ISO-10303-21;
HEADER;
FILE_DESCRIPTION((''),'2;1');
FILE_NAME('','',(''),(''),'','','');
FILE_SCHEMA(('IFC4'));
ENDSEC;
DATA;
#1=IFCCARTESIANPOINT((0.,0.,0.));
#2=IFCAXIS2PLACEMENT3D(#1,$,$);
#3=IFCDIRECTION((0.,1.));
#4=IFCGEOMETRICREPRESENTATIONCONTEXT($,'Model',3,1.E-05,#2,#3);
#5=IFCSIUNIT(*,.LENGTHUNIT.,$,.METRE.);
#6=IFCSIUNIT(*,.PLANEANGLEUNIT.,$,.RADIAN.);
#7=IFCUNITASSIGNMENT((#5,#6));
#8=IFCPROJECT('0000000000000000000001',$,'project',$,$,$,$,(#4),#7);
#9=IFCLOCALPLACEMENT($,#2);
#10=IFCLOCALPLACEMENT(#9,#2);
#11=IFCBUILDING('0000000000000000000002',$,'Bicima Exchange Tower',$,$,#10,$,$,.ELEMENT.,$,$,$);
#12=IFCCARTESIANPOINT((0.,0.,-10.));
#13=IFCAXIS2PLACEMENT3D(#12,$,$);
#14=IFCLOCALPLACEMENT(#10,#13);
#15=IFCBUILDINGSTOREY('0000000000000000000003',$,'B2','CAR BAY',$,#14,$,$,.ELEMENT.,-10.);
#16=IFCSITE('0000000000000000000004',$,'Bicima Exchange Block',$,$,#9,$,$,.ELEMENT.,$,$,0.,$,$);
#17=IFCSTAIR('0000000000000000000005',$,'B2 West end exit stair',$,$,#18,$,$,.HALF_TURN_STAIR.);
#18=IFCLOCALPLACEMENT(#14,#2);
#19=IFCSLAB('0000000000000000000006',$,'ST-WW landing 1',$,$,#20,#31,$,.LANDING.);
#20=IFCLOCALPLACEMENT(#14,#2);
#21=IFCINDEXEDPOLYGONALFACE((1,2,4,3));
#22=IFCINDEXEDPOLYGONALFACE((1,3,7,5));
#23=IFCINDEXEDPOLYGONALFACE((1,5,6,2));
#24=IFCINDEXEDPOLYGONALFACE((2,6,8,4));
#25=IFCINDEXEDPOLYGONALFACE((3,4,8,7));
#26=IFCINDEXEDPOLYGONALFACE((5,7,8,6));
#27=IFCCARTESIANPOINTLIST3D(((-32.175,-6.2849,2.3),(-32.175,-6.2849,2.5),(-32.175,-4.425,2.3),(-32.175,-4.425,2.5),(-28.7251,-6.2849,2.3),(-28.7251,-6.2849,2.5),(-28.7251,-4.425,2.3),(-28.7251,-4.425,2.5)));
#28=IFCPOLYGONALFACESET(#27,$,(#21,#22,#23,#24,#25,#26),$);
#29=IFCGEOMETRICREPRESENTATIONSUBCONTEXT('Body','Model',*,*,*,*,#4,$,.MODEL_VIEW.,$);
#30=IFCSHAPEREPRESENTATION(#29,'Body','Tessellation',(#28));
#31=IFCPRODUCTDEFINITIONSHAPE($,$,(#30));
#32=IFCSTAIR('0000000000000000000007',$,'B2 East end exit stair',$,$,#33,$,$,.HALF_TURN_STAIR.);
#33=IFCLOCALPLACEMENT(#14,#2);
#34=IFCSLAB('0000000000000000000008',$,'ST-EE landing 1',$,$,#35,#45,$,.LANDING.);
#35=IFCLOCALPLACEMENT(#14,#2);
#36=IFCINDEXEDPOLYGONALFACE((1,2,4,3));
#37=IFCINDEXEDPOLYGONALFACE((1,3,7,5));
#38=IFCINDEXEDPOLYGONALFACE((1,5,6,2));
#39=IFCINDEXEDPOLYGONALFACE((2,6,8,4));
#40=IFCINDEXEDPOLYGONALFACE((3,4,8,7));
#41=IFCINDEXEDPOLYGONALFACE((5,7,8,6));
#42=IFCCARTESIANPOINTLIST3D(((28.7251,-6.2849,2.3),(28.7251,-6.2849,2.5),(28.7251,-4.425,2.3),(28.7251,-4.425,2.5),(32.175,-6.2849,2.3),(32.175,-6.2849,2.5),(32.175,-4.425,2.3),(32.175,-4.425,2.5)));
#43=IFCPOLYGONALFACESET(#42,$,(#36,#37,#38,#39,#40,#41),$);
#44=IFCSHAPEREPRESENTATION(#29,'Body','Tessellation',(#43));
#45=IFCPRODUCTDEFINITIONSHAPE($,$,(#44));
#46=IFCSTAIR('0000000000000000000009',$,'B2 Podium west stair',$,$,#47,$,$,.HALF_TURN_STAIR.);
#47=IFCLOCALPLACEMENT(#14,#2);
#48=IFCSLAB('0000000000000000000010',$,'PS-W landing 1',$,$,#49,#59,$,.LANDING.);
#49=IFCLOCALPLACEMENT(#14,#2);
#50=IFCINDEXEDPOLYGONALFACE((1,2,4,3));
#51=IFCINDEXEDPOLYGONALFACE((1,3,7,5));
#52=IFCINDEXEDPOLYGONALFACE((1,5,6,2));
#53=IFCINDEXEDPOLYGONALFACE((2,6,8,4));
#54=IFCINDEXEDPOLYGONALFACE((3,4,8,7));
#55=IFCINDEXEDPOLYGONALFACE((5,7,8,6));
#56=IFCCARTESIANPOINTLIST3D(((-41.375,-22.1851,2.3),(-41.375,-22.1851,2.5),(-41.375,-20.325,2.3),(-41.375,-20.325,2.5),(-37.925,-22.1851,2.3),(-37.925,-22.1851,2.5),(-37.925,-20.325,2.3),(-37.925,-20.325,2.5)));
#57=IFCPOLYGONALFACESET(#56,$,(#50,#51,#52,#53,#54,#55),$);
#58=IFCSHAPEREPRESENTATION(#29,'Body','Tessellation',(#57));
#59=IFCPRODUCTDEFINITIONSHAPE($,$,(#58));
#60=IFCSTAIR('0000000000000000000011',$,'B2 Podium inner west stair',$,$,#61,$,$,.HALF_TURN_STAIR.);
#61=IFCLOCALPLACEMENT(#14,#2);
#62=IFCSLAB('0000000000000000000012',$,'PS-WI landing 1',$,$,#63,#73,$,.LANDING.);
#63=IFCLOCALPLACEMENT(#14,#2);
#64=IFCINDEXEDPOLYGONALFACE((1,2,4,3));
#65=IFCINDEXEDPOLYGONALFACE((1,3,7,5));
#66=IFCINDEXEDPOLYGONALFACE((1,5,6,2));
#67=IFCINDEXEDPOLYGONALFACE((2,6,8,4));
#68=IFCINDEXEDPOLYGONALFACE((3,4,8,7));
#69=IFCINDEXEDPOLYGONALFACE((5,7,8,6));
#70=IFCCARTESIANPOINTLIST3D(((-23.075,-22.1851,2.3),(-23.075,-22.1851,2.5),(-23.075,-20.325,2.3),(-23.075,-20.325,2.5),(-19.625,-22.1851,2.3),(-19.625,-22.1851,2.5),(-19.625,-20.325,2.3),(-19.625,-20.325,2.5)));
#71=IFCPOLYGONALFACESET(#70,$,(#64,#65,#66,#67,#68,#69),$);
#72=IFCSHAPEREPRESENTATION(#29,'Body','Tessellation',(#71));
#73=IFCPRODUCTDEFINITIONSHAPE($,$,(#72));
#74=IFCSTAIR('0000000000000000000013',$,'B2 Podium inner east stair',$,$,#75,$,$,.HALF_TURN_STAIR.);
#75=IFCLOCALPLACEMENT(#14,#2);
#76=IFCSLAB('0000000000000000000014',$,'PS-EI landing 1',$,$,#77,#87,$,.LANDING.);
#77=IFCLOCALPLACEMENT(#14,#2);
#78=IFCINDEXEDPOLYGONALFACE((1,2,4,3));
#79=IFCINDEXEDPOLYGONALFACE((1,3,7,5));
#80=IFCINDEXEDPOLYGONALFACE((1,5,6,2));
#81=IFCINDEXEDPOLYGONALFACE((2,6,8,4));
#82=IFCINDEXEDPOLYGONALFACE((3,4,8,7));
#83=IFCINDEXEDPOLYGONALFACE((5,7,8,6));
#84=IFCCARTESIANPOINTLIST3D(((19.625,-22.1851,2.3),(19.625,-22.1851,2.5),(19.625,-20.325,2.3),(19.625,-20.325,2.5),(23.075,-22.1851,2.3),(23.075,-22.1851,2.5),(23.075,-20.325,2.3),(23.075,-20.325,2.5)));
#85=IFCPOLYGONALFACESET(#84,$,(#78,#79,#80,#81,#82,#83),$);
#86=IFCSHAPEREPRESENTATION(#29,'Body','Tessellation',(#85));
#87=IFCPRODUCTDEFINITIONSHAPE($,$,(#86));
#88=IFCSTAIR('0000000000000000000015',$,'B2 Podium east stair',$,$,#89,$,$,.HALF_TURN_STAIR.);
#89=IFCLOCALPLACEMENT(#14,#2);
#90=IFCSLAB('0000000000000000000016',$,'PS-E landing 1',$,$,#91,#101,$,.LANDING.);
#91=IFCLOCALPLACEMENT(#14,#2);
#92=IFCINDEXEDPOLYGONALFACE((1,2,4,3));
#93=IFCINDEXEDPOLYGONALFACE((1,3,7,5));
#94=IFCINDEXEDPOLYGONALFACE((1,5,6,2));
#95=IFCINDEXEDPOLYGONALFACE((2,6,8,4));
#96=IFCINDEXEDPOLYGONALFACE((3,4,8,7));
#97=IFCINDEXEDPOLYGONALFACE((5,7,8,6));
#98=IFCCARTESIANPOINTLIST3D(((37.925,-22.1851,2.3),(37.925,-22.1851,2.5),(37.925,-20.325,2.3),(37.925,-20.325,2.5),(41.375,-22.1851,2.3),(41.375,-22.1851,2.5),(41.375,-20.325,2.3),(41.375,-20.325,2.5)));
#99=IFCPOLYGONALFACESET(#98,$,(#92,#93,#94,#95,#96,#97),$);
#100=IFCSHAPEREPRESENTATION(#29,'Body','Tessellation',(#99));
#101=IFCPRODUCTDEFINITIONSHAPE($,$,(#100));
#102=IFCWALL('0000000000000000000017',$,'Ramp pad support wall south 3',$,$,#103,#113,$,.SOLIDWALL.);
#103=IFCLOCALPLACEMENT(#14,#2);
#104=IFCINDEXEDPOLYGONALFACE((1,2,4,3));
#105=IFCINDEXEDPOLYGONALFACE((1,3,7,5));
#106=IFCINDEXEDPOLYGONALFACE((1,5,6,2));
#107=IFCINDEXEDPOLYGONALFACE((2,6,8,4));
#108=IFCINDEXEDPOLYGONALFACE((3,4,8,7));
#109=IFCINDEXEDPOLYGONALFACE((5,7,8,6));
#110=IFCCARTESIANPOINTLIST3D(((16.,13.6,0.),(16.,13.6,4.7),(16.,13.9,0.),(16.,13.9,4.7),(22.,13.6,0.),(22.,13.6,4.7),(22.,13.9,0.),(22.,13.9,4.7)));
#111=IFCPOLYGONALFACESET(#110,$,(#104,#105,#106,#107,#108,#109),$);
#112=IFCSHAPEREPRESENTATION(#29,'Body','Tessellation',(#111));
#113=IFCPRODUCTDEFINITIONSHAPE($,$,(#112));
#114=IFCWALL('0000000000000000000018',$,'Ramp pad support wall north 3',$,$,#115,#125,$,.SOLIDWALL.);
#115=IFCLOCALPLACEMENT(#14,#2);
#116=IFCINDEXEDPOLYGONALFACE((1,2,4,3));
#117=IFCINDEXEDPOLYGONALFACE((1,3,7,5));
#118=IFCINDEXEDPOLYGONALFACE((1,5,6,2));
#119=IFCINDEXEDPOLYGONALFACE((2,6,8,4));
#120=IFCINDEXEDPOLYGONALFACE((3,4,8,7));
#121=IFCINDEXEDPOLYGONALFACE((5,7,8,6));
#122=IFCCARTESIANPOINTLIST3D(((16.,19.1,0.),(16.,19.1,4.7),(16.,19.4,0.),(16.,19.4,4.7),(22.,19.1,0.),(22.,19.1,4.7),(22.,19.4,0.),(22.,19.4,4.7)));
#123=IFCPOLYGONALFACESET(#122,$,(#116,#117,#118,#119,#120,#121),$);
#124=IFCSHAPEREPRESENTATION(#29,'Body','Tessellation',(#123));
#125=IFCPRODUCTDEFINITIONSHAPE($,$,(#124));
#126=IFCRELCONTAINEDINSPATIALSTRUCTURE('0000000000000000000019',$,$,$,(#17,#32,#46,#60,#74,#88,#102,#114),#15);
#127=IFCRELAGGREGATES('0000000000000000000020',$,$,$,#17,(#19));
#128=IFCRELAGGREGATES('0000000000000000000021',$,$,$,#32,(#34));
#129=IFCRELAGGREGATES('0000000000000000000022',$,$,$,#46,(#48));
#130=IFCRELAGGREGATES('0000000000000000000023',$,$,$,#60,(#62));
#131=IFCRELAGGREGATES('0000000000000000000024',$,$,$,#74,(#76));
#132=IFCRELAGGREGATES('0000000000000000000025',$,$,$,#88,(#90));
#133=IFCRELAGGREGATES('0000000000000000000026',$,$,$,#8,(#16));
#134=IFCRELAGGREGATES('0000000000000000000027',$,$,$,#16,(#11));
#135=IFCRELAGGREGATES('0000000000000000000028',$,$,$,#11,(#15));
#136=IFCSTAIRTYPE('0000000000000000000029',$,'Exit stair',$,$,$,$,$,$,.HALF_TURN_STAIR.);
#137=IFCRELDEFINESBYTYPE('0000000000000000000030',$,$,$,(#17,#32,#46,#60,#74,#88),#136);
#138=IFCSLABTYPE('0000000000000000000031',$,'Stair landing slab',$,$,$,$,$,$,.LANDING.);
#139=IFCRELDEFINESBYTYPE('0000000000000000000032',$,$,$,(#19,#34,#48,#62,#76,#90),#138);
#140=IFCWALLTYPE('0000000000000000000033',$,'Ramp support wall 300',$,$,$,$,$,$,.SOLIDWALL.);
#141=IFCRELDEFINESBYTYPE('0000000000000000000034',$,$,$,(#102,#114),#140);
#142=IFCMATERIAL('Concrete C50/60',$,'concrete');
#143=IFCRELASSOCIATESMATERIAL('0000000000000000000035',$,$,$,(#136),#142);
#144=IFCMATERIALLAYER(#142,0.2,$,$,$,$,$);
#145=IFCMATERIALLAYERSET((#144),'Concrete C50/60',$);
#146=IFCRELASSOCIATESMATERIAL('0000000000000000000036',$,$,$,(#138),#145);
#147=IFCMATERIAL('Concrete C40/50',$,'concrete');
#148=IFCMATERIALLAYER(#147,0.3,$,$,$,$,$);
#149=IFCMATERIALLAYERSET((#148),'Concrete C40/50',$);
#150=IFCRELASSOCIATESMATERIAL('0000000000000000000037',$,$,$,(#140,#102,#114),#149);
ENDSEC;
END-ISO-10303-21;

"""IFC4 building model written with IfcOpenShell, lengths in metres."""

from ifc_helpers import new_model, si_unit, direction, frame, frame_2d, origin, place, context, subcontext, project, spatial, polyline, rectangle, outline, extrude, material, layer, layer_set, layer_usage, type_object, element, aggregate, save


model = new_model("IFC4")

# Units and contexts
model_context = context("Model", 3, precision=1e-05, world=origin(), true_north=direction((0.0, 1.0)))
body_context = subcontext(model_context, "Body", "Model", "MODEL_VIEW")
ifc_project = project(units=[si_unit("LENGTHUNIT", "METRE"), si_unit("PLANEANGLEUNIT", "RADIAN")], contexts=[model_context])

# Site, building, storey
site_placement = place(None, origin())
site = spatial("IfcSite", under=ifc_project, at=site_placement, Name="Bicima Exchange Block", CompositionType="ELEMENT", RefElevation=0.0)
building_placement = place(site_placement, origin())
building = spatial("IfcBuilding", under=site, at=building_placement, Name="Bicima Exchange Tower", CompositionType="ELEMENT")
storey_placement = place(building_placement, frame((0.0, 0.0, -10.0)))
storey = spatial("IfcBuildingStorey", under=building, at=storey_placement, Name="B2", Description="CAR BAY", CompositionType="ELEMENT", Elevation=-10.0)

# Shared definitions
ifc_material_1 = material(Name="Concrete C40/50", Category="concrete")

# Stairs, slabs
ifc_material_2 = material(Name="Concrete C50/60", Category="concrete")
stair_type_1 = type_object("IfcStairType", Name="Exit stair", PredefinedType="HALF_TURN_STAIR", material=ifc_material_2)
ifc_layer_1 = layer(ifc_material_2, 0.2)
ifc_layer_set_1 = layer_set([ifc_layer_1], Name="Concrete C50/60")
slab_type_1 = type_object("IfcSlabType", Name="Stair landing slab", PredefinedType="LANDING", material=ifc_layer_set_1)
stair_1_placement = place(storey_placement, origin())
stair_1 = element("IfcStair", 1, at=stair_1_placement, inside=storey, type_object=stair_type_1, Name="B2 West end exit stair", PredefinedType="HALF_TURN_STAIR")
slab_1_placement = place(storey_placement, frame((0.0, 0.0, 2.3)))
slab_1 = element("IfcSlab", 2, at=slab_1_placement, type_object=slab_type_1, Name="ST-WW landing 1", PredefinedType="LANDING", context=body_context, shape_type="SweptSolid", body=[
    extrude(outline(polyline([(-28.7251, -6.2849), (-28.7251, -4.425), (-32.175, -4.425), (-32.175, -6.2849), (-28.7251, -6.2849)])), origin(), (0.0, 0.0, 1.0), 0.2),
])
aggregate(stair_1, [slab_1])
stair_2_placement = place(storey_placement, origin())
stair_2 = element("IfcStair", 3, at=stair_2_placement, inside=storey, type_object=stair_type_1, Name="B2 East end exit stair", PredefinedType="HALF_TURN_STAIR")
slab_2_placement = place(storey_placement, frame((0.0, 0.0, 2.3)))
slab_2 = element("IfcSlab", 4, at=slab_2_placement, type_object=slab_type_1, Name="ST-EE landing 1", PredefinedType="LANDING", context=body_context, shape_type="SweptSolid", body=[
    extrude(outline(polyline([(32.175, -6.2849), (32.175, -4.425), (28.7251, -4.425), (28.7251, -6.2849), (32.175, -6.2849)])), origin(), (0.0, 0.0, 1.0), 0.2),
])
aggregate(stair_2, [slab_2])
stair_3_placement = place(storey_placement, origin())
stair_3 = element("IfcStair", 5, at=stair_3_placement, inside=storey, type_object=stair_type_1, Name="B2 Podium west stair", PredefinedType="HALF_TURN_STAIR")
slab_3_placement = place(storey_placement, frame((0.0, 0.0, 2.3)))
slab_3 = element("IfcSlab", 6, at=slab_3_placement, type_object=slab_type_1, Name="PS-W landing 1", PredefinedType="LANDING", context=body_context, shape_type="SweptSolid", body=[
    extrude(outline(polyline([(-37.925, -22.1851), (-37.925, -20.325), (-41.375, -20.325), (-41.375, -22.1851), (-37.925, -22.1851)])), origin(), (0.0, 0.0, 1.0), 0.2),
])
aggregate(stair_3, [slab_3])
stair_4_placement = place(storey_placement, origin())
stair_4 = element("IfcStair", 7, at=stair_4_placement, inside=storey, type_object=stair_type_1, Name="B2 Podium inner west stair", PredefinedType="HALF_TURN_STAIR")
slab_4_placement = place(storey_placement, frame((0.0, 0.0, 2.3)))
slab_4 = element("IfcSlab", 8, at=slab_4_placement, type_object=slab_type_1, Name="PS-WI landing 1", PredefinedType="LANDING", context=body_context, shape_type="SweptSolid", body=[
    extrude(outline(polyline([(-19.625, -22.1851), (-19.625, -20.325), (-23.075, -20.325), (-23.075, -22.1851), (-19.625, -22.1851)])), origin(), (0.0, 0.0, 1.0), 0.2),
])
aggregate(stair_4, [slab_4])
stair_5_placement = place(storey_placement, origin())
stair_5 = element("IfcStair", 9, at=stair_5_placement, inside=storey, type_object=stair_type_1, Name="B2 Podium inner east stair", PredefinedType="HALF_TURN_STAIR")
slab_5_placement = place(storey_placement, frame((0.0, 0.0, 2.3)))
slab_5 = element("IfcSlab", 10, at=slab_5_placement, type_object=slab_type_1, Name="PS-EI landing 1", PredefinedType="LANDING", context=body_context, shape_type="SweptSolid", body=[
    extrude(outline(polyline([(23.075, -22.1851), (23.075, -20.325), (19.625, -20.325), (19.625, -22.1851), (23.075, -22.1851)])), origin(), (0.0, 0.0, 1.0), 0.2),
])
aggregate(stair_5, [slab_5])
stair_6_placement = place(storey_placement, origin())
stair_6 = element("IfcStair", 11, at=stair_6_placement, inside=storey, type_object=stair_type_1, Name="B2 Podium east stair", PredefinedType="HALF_TURN_STAIR")
slab_6_placement = place(storey_placement, frame((0.0, 0.0, 2.3)))
slab_6 = element("IfcSlab", 12, at=slab_6_placement, type_object=slab_type_1, Name="PS-E landing 1", PredefinedType="LANDING", context=body_context, shape_type="SweptSolid", body=[
    extrude(outline(polyline([(41.375, -22.1851), (41.375, -20.325), (37.925, -20.325), (37.925, -22.1851), (41.375, -22.1851)])), origin(), (0.0, 0.0, 1.0), 0.2),
])
aggregate(stair_6, [slab_6])

# Walls
ifc_layer_2 = layer(ifc_material_1, 0.3)
ifc_layer_set_2 = layer_set([ifc_layer_2], Name="Concrete C40/50")
ifc_layer_usage = layer_usage(ifc_layer_set_2, "AXIS2", "POSITIVE", -0.15)
wall_type = type_object("IfcWallType", Name="Ramp support wall 300", PredefinedType="SOLIDWALL", material=ifc_layer_set_2)
for number, where, z_axis, x_axis, name in (
    (13, (16.0, 13.75, 0.0), (0.0, 0.0, 1.0), (1.0, 0.0, 0.0), "Ramp pad support wall south 3"),
    (14, (16.0, 19.25, 0.0), (0.0, 0.0, 1.0), (1.0, 0.0, 0.0), "Ramp pad support wall north 3"),
):
    element("IfcWall", number, at=place(storey_placement, frame(where, z_axis=z_axis, x_axis=x_axis)), inside=storey, type_object=wall_type, material=ifc_layer_usage, Name=name, PredefinedType="SOLIDWALL", context=body_context, shape_type="SweptSolid", body=[
        extrude(rectangle(XDim=6.0, YDim=0.3, at=frame_2d((3.0, 0.0))), origin(), (0.0, 0.0, 1.0), 4.7),
    ])

save(model, "model.ifc")
